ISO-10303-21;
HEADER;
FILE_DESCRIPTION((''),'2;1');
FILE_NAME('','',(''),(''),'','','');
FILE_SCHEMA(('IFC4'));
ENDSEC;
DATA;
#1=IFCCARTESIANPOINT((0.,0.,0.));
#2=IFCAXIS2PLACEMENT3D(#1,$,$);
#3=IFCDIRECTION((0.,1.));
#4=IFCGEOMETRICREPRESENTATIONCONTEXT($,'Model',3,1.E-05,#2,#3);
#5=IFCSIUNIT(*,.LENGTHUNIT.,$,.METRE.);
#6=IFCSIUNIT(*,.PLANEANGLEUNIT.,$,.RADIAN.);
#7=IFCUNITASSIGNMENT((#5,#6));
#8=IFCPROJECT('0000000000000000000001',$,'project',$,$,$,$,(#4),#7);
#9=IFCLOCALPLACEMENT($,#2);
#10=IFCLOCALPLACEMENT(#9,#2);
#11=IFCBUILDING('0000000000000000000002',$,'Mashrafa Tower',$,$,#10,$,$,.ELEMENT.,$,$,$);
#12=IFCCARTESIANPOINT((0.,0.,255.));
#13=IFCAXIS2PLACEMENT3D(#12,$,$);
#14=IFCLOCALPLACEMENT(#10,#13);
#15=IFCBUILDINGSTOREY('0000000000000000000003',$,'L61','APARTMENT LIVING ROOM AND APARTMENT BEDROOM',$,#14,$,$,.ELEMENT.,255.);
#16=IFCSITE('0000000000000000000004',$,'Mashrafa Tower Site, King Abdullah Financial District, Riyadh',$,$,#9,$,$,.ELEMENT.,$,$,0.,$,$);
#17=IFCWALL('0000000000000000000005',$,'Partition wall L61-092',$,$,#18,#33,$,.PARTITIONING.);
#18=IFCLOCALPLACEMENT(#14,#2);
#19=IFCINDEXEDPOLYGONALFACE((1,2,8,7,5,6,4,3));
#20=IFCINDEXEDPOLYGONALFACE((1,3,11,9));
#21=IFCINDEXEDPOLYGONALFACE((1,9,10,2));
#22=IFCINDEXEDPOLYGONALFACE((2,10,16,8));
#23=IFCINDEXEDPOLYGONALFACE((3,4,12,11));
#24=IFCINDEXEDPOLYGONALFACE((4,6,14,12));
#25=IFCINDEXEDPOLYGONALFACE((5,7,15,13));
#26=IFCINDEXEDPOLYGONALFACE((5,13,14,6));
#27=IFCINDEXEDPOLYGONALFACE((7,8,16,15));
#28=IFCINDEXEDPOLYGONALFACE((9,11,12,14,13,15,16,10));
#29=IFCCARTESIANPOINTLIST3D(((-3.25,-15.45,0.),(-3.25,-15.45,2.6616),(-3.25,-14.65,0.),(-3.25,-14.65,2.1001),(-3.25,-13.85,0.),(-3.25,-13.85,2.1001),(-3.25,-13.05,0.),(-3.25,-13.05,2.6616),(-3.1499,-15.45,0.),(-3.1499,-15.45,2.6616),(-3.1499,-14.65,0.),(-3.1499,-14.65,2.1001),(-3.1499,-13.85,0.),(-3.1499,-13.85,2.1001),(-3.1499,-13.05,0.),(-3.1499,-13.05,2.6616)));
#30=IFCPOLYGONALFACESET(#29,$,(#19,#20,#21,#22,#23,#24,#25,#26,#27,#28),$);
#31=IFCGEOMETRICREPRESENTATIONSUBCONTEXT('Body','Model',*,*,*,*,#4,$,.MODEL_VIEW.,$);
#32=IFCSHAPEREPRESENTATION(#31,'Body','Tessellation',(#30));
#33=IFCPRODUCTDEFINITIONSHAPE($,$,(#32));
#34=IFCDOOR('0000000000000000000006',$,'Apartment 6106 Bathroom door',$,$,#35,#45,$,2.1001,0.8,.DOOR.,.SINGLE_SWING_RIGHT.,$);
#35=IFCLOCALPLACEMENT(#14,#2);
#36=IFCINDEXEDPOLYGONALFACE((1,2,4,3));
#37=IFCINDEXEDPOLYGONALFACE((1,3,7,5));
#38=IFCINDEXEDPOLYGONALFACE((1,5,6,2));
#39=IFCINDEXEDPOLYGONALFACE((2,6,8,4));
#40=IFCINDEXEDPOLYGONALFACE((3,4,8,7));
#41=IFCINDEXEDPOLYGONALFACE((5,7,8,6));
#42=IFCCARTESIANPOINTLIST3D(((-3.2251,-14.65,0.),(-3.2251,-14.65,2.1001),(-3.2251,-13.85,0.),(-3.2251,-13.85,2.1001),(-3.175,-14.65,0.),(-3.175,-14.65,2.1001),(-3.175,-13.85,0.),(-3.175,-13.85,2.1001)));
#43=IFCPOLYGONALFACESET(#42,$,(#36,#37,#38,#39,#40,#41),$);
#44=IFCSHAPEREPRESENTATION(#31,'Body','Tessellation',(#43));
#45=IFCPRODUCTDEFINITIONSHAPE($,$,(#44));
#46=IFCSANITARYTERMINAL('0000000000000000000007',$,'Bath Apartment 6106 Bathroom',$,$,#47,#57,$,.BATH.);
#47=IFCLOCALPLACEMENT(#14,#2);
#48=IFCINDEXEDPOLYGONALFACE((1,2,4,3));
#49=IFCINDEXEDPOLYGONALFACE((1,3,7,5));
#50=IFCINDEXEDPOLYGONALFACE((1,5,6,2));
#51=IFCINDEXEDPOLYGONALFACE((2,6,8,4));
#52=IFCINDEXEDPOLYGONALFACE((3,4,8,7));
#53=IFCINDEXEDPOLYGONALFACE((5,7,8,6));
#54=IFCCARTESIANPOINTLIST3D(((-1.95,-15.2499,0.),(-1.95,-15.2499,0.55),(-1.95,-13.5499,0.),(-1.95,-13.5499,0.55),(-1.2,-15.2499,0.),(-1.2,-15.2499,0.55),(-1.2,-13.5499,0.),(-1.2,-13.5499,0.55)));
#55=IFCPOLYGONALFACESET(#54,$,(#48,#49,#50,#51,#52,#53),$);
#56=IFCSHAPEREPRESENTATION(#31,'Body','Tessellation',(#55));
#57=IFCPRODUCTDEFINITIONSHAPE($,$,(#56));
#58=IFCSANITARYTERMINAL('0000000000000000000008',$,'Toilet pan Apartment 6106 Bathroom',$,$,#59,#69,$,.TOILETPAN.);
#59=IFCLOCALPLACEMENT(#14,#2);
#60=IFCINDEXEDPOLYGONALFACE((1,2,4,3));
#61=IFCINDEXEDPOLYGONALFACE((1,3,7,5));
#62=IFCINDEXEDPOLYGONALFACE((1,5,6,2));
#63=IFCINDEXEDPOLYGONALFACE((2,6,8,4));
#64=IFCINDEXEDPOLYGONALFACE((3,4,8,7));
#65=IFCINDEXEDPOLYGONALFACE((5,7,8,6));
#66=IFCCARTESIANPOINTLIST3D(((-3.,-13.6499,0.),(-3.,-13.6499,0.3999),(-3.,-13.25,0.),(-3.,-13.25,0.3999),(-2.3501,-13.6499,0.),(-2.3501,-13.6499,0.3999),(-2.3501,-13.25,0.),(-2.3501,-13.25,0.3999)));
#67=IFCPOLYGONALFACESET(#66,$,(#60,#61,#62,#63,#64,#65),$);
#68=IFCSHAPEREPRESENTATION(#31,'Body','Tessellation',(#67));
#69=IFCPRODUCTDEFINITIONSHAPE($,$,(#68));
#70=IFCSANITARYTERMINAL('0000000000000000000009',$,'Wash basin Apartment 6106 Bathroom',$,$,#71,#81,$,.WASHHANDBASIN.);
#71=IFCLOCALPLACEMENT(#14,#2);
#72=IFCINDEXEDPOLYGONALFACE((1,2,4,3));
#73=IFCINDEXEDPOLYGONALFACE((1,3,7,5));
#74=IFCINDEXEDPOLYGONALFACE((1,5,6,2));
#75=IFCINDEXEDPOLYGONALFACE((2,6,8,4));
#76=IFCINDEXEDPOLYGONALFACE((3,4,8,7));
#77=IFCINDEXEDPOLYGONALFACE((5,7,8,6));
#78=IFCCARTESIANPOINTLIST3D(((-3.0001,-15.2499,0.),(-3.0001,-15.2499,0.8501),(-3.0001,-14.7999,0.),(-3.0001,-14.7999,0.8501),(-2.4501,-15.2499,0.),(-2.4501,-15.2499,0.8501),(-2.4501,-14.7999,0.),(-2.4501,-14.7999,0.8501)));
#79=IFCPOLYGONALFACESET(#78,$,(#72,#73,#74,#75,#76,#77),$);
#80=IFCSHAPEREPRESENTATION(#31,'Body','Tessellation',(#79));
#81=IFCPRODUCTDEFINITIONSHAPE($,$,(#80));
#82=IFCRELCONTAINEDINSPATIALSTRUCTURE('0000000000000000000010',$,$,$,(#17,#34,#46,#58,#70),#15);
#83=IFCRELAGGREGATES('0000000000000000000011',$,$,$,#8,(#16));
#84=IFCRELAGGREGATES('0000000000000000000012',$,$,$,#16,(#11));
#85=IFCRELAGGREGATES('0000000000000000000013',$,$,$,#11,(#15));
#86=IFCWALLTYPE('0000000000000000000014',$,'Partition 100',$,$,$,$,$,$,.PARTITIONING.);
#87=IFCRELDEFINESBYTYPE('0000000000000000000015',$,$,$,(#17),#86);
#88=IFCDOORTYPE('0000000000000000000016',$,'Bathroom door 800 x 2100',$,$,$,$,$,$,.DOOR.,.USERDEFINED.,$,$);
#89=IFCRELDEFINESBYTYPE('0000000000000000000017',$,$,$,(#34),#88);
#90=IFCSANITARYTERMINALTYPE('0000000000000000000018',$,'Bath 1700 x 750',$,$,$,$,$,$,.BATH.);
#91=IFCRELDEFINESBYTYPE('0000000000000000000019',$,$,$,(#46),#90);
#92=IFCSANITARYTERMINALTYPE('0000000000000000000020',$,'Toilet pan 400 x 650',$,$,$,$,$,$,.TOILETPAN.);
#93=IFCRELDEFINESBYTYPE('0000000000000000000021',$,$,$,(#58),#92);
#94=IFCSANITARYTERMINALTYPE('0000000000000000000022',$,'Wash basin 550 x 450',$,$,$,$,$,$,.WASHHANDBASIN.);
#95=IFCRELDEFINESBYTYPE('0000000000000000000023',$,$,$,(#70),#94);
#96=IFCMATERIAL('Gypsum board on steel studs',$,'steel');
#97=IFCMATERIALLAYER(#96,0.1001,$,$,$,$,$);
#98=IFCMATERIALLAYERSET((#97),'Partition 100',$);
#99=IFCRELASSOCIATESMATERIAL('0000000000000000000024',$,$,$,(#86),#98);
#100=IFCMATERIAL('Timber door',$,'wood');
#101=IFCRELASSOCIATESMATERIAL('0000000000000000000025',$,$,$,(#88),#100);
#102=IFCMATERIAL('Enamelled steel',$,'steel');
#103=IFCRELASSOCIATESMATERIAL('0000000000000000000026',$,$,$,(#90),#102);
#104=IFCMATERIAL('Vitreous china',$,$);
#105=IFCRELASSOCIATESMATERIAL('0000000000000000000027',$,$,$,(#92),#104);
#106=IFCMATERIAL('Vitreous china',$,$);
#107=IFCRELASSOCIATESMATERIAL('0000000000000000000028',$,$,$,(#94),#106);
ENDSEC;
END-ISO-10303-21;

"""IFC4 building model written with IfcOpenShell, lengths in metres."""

from ifc_helpers import new_model, si_unit, direction, frame, frame_2d, origin, origin_2d, place, context, subcontext, project, spatial, rectangle, extrude, material, layer, layer_set, type_object, element, fill, save


model = new_model("IFC4")

# Units and contexts
model_context = context("Model", 3, precision=1e-05, world=origin(), true_north=direction((0.0, 1.0)))
body_context = subcontext(model_context, "Body", "Model", "MODEL_VIEW")
ifc_project = project(units=[si_unit("LENGTHUNIT", "METRE"), si_unit("PLANEANGLEUNIT", "RADIAN")], contexts=[model_context])

# Site, building, storey
site_placement = place(None, origin())
site = spatial("IfcSite", under=ifc_project, at=site_placement, Name="Mashrafa Tower Site, King Abdullah Financial District, Riyadh", CompositionType="ELEMENT", RefElevation=0.0)
building_placement = place(site_placement, origin())
building = spatial("IfcBuilding", under=site, at=building_placement, Name="Mashrafa Tower", CompositionType="ELEMENT")
storey_placement = place(building_placement, frame((0.0, 0.0, 255.0)))
storey = spatial("IfcBuildingStorey", under=building, at=storey_placement, Name="L61", Description="APARTMENT LIVING ROOM AND APARTMENT BEDROOM", CompositionType="ELEMENT", Elevation=255.0)

# Wall, opening, door
ifc_material_1 = material(Name="Gypsum board on steel studs", Category="steel")
ifc_layer_1 = layer(ifc_material_1, 0.1001)
ifc_layer_set_1 = layer_set([ifc_layer_1], Name="Partition 100")
wall_type_1 = type_object("IfcWallType", Name="Partition 100", PredefinedType="PARTITIONING", material=ifc_layer_set_1)
wall_1_placement = place(storey_placement, frame((-3.2, -13.05, 0.0), z_axis=(0.0, 0.0, 1.0), x_axis=(0.0, -1.0, 0.0)))
wall_1 = element("IfcWall", 1, at=wall_1_placement, inside=storey, type_object=wall_type_1, Name="Partition wall L61-092", PredefinedType="PARTITIONING", context=body_context, shape_type="SweptSolid", body=[
    extrude(rectangle(XDim=2.3999, YDim=0.1001, at=frame_2d((1.2, 0.0))), origin(), (0.0, 0.0, 1.0), 2.6616),
])
opening_1_placement = place(wall_1_placement, frame((0.8, 0.0, 0.0)))
opening_1 = element("IfcOpeningElement", 2, at=opening_1_placement, cuts=wall_1, PredefinedType="OPENING", context=body_context, shape_type="SweptSolid", body=[
    extrude(rectangle(XDim=0.8, YDim=2.1001, at=frame_2d((0.3999, 1.05))), frame((0.0, 0.0601, 0.0), z_axis=(0.0, -1.0, 0.0), x_axis=(1.0, 0.0, 0.0)), (0.0, 0.0, 1.0), 0.1201),
])
ifc_material_2 = material(Name="Timber door", Category="wood")
door_type_1 = type_object("IfcDoorType", Name="Bathroom door 800 x 2100", OperationType="USERDEFINED", PredefinedType="DOOR", material=ifc_material_2)
door_1_placement = place(opening_1_placement, origin())
door_1 = element("IfcDoor", 3, at=door_1_placement, inside=storey, type_object=door_type_1, Name="Apartment 6106 Bathroom door", OperationType="SINGLE_SWING_RIGHT", OverallHeight=2.1001, OverallWidth=0.8, PredefinedType="DOOR", context=body_context, shape_type="SweptSolid", body=[
    extrude(rectangle(XDim=0.8, YDim=2.1001, at=frame_2d((0.3999, 1.05))), frame((0.0, 0.0249, 0.0), z_axis=(0.0, -1.0, 0.0), x_axis=(1.0, 0.0, 0.0)), (0.0, 0.0, 1.0), 0.05),
])
fill(opening_1, door_1)

# Sanitary terminals
ifc_material_3 = material(Name="Enamelled steel", Category="steel")
sanitary_terminal_type_1 = type_object("IfcSanitaryTerminalType", Name="Bath 1700 x 750", PredefinedType="BATH", material=ifc_material_3)
sanitary_terminal_1_placement = place(storey_placement, frame((-1.575, -14.3999, 0.0), z_axis=(0.0, 0.0, 1.0), x_axis=(0.0, 1.0, 0.0)))
element("IfcSanitaryTerminal", 4, at=sanitary_terminal_1_placement, inside=storey, type_object=sanitary_terminal_type_1, Name="Bath Apartment 6106 Bathroom", PredefinedType="BATH", context=body_context, shape_type="SweptSolid", body=[
    extrude(rectangle(XDim=1.7, YDim=0.75, at=origin_2d()), origin(), (0.0, 0.0, 1.0), 0.55),
])
ifc_material_4 = material(Name="Vitreous china")
sanitary_terminal_type_2 = type_object("IfcSanitaryTerminalType", Name="Toilet pan 400 x 650", PredefinedType="TOILETPAN", material=ifc_material_4)
sanitary_terminal_2_placement = place(storey_placement, frame((-2.675, -13.45, 0.0), z_axis=(0.0, 0.0, 1.0), x_axis=(0.0, -1.0, 0.0)))
element("IfcSanitaryTerminal", 5, at=sanitary_terminal_2_placement, inside=storey, type_object=sanitary_terminal_type_2, Name="Toilet pan Apartment 6106 Bathroom", PredefinedType="TOILETPAN", context=body_context, shape_type="SweptSolid", body=[
    extrude(rectangle(XDim=0.3999, YDim=0.6499, at=origin_2d()), origin(), (0.0, 0.0, 1.0), 0.3999),
])
ifc_material_5 = material(Name="Vitreous china")
sanitary_terminal_type_3 = type_object("IfcSanitaryTerminalType", Name="Wash basin 550 x 450", PredefinedType="WASHHANDBASIN", material=ifc_material_5)
sanitary_terminal_3_placement = place(storey_placement, frame((-2.7251, -15.0249, 0.0), z_axis=(0.0, 0.0, 1.0), x_axis=(1.0, 0.0, 0.0)))
element("IfcSanitaryTerminal", 6, at=sanitary_terminal_3_placement, inside=storey, type_object=sanitary_terminal_type_3, Name="Wash basin Apartment 6106 Bathroom", PredefinedType="WASHHANDBASIN", context=body_context, shape_type="SweptSolid", body=[
    extrude(rectangle(XDim=0.55, YDim=0.45, at=origin_2d()), origin(), (0.0, 0.0, 1.0), 0.8501),
])

save(model, "model.ifc")
